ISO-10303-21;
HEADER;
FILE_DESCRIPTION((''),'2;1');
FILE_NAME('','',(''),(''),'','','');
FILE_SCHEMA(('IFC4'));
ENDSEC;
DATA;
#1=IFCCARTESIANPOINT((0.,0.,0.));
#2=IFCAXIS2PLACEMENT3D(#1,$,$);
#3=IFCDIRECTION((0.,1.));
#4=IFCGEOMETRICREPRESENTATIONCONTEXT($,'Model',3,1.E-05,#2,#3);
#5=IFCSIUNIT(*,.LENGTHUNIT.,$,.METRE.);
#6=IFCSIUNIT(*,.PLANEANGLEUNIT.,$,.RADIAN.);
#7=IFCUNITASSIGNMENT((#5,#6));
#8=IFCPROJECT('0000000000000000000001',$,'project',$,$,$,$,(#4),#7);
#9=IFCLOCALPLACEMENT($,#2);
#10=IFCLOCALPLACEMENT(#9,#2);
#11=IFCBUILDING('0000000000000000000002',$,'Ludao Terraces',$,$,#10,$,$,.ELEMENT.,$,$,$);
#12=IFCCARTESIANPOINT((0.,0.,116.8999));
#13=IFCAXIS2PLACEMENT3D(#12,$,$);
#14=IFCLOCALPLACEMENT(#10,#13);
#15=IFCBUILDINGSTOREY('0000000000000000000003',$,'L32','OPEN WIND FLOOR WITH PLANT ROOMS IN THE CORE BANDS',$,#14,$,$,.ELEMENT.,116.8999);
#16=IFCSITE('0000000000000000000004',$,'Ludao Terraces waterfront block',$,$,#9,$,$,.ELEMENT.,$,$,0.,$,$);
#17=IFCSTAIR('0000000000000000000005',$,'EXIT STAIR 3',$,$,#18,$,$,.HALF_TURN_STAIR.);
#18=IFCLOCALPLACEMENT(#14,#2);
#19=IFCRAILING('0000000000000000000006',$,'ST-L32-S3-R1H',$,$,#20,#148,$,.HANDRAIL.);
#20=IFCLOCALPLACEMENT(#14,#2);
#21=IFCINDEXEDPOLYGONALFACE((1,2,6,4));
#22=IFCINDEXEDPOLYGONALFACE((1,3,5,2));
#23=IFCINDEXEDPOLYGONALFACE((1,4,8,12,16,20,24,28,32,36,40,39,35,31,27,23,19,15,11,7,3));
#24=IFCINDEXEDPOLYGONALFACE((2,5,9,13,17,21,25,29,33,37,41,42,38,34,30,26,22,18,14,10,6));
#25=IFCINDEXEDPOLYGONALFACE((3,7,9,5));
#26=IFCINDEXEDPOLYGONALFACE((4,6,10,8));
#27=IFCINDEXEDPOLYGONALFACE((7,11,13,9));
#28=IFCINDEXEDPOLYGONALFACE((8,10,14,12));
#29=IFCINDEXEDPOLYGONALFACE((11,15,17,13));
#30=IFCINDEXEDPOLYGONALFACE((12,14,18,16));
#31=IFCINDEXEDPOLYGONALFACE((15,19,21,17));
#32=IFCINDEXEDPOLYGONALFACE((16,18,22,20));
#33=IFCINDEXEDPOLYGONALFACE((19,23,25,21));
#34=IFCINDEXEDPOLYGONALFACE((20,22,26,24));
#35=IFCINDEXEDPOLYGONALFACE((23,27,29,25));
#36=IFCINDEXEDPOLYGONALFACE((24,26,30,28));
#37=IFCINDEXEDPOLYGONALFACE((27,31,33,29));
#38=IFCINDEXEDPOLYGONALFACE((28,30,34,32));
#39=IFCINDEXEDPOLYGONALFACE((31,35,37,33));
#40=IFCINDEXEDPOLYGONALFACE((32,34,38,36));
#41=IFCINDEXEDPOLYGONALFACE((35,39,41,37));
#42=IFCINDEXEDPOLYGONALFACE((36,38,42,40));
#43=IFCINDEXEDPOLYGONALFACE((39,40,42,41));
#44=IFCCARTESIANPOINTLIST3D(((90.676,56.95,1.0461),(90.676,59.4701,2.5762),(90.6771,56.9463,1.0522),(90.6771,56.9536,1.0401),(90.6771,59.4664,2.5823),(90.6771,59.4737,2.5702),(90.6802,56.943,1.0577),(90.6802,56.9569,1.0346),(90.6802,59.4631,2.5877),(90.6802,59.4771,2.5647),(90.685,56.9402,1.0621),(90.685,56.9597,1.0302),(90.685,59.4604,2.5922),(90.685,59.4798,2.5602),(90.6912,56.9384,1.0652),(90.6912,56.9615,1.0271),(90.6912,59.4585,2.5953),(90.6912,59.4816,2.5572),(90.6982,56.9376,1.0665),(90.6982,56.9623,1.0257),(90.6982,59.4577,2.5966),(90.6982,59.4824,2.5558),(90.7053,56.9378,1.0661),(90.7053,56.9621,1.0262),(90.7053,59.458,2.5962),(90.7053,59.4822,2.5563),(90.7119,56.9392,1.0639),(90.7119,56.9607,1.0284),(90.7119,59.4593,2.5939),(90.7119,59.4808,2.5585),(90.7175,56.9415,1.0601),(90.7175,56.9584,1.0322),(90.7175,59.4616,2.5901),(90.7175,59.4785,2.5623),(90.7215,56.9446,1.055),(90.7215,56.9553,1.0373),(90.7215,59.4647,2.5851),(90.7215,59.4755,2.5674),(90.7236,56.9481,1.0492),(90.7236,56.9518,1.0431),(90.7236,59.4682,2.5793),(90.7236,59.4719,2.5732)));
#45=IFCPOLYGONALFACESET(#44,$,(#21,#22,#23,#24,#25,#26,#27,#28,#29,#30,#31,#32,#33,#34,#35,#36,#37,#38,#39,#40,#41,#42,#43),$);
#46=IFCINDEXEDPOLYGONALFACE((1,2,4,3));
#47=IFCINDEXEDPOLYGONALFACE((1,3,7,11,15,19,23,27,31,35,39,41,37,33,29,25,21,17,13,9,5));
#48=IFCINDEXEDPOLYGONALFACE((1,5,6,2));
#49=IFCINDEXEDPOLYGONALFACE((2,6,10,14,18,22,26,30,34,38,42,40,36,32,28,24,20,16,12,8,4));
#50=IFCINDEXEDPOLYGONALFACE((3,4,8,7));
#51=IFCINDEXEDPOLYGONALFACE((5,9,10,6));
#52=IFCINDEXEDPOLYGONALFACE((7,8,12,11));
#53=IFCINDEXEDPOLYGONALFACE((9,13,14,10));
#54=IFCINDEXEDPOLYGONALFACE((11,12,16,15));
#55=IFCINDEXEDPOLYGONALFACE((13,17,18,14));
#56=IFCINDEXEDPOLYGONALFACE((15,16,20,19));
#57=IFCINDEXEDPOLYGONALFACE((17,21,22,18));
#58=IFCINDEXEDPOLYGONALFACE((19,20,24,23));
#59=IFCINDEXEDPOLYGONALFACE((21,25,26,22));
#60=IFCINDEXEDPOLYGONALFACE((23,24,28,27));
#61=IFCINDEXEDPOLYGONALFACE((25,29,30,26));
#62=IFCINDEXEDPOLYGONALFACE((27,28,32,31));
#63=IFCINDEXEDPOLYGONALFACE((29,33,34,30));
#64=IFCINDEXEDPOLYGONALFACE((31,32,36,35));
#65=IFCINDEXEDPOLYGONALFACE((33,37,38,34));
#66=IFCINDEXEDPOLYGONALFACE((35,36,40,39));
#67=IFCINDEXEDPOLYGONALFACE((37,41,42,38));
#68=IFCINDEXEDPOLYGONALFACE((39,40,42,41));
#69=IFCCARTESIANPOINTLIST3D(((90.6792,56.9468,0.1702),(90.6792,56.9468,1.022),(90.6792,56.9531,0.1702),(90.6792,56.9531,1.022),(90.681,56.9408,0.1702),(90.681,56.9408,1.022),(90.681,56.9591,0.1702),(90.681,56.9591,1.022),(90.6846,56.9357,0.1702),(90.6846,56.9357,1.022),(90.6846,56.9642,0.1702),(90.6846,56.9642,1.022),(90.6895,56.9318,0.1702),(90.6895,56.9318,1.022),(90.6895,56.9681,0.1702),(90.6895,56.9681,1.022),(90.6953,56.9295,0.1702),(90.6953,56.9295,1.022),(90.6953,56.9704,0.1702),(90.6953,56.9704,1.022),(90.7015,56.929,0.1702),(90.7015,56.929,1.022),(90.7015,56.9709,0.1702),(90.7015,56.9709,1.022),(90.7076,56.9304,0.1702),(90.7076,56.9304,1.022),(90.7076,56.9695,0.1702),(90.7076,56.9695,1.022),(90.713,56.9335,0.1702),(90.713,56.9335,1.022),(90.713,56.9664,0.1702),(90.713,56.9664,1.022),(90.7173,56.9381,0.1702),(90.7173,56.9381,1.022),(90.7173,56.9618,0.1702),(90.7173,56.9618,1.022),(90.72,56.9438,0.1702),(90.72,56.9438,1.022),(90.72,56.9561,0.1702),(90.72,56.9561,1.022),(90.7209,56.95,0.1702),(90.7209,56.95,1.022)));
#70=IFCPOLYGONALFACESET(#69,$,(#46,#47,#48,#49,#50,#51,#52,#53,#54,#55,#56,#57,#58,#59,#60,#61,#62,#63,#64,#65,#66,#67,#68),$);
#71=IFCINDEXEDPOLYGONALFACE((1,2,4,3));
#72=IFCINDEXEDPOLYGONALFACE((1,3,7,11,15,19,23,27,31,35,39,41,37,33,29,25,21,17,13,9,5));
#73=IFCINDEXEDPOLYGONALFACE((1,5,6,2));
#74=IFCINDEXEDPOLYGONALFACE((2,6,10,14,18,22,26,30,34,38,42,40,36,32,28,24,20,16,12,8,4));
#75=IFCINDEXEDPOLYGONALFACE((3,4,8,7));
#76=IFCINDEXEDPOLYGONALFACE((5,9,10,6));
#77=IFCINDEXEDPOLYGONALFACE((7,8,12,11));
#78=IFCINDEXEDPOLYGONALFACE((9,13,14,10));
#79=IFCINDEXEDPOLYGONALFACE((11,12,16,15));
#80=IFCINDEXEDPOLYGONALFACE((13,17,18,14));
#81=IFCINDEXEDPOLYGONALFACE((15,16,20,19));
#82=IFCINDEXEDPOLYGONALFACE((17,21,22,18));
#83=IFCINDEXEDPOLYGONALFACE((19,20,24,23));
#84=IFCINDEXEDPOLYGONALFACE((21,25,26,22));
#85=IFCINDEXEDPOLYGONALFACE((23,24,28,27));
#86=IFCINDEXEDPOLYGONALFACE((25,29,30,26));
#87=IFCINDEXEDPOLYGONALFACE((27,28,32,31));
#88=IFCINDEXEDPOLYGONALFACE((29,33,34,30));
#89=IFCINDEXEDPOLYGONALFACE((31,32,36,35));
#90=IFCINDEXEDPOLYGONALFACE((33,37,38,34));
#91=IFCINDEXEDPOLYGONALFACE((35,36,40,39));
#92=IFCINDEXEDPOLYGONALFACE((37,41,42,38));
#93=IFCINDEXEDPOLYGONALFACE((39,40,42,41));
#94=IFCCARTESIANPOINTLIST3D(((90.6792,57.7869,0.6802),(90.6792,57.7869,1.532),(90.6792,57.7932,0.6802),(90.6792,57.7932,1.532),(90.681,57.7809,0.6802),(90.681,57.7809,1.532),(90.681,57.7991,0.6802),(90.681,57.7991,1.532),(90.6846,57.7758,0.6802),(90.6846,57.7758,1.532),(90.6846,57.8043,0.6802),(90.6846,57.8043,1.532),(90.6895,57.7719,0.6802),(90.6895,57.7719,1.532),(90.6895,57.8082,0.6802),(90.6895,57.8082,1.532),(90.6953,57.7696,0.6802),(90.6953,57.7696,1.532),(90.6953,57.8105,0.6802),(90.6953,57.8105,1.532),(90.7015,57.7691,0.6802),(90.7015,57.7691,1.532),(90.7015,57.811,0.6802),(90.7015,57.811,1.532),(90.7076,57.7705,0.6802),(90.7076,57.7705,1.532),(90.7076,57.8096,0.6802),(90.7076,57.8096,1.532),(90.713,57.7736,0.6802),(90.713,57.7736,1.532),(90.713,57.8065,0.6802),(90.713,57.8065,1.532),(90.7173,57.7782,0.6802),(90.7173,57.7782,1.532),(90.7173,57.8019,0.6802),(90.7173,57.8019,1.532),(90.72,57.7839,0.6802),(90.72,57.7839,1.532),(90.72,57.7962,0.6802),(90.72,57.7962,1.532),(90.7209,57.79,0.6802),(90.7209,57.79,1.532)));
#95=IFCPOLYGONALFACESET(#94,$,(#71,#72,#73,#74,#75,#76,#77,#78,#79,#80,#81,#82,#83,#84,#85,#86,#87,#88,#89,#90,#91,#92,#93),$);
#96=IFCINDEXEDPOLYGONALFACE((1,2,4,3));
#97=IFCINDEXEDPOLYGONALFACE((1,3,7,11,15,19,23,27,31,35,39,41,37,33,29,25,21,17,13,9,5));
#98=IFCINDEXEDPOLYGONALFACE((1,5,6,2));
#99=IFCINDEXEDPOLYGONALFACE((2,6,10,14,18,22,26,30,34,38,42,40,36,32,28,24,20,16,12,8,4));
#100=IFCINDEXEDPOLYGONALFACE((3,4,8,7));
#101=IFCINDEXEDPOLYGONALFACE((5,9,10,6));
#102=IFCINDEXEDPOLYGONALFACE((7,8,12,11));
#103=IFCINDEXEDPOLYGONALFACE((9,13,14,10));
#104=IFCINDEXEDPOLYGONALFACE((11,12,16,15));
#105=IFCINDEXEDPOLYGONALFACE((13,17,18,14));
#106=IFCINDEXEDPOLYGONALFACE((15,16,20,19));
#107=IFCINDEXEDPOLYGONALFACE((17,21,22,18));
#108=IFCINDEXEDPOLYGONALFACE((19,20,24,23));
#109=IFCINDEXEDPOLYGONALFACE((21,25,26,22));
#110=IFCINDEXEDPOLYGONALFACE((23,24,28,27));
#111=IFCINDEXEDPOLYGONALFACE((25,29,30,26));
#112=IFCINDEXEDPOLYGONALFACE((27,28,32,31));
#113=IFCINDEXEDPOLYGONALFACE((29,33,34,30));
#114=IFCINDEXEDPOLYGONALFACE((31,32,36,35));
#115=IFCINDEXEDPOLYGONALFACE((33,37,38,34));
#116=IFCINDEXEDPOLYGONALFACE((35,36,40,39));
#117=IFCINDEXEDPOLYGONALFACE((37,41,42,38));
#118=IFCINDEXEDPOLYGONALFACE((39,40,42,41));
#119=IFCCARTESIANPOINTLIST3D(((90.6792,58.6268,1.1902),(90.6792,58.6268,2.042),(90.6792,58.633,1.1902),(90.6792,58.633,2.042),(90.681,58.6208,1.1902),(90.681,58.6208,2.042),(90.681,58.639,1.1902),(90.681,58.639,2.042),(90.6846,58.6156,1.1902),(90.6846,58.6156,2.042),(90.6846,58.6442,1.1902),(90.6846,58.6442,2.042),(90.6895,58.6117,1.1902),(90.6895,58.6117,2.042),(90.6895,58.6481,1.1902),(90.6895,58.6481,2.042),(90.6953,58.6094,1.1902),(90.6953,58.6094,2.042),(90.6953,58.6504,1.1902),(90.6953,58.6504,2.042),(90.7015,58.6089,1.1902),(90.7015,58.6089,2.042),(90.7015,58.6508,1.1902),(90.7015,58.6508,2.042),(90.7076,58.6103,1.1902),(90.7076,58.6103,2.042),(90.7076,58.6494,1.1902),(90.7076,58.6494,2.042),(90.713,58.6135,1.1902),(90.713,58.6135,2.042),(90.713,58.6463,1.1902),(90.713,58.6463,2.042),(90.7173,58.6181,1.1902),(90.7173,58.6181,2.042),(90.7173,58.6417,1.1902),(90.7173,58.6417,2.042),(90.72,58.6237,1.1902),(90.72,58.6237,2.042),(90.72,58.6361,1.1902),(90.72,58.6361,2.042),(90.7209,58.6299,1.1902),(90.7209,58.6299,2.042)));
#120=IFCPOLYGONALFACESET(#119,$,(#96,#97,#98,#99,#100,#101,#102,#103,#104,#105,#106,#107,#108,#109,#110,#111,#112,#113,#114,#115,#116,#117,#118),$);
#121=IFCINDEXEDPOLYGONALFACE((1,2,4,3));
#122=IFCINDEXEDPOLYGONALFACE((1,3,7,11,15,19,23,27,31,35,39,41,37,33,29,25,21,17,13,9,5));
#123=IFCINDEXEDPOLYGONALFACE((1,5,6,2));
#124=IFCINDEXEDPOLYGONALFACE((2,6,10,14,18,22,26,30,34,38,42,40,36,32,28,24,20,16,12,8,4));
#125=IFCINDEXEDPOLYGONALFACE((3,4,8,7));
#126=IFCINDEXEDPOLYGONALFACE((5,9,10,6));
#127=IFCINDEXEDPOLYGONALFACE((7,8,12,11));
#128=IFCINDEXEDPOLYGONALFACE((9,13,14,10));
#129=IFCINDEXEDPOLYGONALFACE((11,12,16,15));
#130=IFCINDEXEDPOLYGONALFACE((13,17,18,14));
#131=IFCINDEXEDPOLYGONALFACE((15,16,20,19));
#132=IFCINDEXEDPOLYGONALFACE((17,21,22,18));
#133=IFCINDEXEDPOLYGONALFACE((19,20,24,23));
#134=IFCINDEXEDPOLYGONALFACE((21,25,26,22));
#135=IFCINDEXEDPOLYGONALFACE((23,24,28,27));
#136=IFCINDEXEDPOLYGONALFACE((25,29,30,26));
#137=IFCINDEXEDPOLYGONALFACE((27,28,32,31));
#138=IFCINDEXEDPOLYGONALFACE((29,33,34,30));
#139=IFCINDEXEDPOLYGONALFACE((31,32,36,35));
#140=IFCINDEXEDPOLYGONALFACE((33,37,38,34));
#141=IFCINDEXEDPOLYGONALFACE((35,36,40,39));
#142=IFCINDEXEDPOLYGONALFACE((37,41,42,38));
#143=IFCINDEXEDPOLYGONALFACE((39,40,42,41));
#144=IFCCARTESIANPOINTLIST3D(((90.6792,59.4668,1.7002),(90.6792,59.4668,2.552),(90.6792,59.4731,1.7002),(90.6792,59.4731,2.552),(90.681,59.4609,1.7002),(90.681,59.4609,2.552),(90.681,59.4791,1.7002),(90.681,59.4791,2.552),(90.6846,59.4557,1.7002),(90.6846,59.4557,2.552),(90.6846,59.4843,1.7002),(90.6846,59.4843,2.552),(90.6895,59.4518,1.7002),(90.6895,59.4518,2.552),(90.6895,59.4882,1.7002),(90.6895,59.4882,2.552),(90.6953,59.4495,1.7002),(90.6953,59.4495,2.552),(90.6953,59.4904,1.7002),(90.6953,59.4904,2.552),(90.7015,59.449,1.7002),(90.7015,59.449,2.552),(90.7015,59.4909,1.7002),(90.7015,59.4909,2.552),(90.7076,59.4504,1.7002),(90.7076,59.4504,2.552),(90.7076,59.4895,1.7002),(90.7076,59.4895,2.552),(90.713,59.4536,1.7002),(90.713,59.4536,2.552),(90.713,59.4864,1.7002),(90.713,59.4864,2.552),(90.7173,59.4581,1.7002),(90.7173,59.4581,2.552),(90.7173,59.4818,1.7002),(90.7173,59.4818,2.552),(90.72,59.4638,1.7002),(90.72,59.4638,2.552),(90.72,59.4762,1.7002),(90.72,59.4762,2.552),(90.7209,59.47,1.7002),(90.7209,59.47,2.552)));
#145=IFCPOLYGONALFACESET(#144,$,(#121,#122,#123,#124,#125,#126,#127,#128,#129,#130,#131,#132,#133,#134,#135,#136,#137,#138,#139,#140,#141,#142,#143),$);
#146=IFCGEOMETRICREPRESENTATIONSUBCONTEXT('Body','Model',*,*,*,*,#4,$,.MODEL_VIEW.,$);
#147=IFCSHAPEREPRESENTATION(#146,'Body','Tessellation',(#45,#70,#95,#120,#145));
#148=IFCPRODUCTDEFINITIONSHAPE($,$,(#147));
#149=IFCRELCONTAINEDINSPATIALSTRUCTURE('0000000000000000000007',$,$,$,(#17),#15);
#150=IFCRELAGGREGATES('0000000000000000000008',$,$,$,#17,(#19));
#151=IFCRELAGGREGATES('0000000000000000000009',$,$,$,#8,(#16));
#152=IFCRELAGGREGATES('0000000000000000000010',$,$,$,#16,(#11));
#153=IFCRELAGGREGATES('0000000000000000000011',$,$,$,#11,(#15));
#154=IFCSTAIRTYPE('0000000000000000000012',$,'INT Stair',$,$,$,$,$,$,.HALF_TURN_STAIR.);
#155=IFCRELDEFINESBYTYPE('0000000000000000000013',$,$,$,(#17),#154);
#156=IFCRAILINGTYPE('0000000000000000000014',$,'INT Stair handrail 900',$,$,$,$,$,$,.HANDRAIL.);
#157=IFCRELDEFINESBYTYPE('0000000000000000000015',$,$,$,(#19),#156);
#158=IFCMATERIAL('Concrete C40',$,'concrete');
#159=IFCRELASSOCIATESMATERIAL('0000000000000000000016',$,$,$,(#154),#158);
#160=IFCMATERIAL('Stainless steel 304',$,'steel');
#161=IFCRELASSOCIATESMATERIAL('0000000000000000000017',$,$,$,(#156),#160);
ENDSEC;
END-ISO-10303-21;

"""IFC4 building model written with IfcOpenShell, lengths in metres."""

from ifc_helpers import new_model, si_unit, direction, frame, origin, origin_2d, place, context, subcontext, project, spatial, circle, extrude, material, type_object, element, aggregate, save


model = new_model("IFC4")

# Units and contexts
model_context = context("Model", 3, precision=1e-05, world=origin(), true_north=direction((0.0, 1.0)))
body_context = subcontext(model_context, "Body", "Model", "MODEL_VIEW")
ifc_project = project(units=[si_unit("LENGTHUNIT", "METRE"), si_unit("PLANEANGLEUNIT", "RADIAN")], contexts=[model_context])

# Site, building, storey
site_placement = place(None, origin())
site = spatial("IfcSite", under=ifc_project, at=site_placement, Name="Ludao Terraces waterfront block", CompositionType="ELEMENT", RefElevation=0.0)
building_placement = place(site_placement, origin())
building = spatial("IfcBuilding", under=site, at=building_placement, Name="Ludao Terraces", CompositionType="ELEMENT")
storey_placement = place(building_placement, frame((0.0, 0.0, 116.8999)))
storey = spatial("IfcBuildingStorey", under=building, at=storey_placement, Name="L32", Description="OPEN WIND FLOOR WITH PLANT ROOMS IN THE CORE BANDS", CompositionType="ELEMENT", Elevation=116.8999)

# Stair, railing
ifc_material_1 = material(Name="Concrete C40", Category="concrete")
stair_type = type_object("IfcStairType", Name="INT Stair", PredefinedType="HALF_TURN_STAIR", material=ifc_material_1)
stair_placement = place(storey_placement, origin())
stair = element("IfcStair", 1, at=stair_placement, inside=storey, type_object=stair_type, Name="EXIT STAIR 3", PredefinedType="HALF_TURN_STAIR")
ifc_material_2 = material(Name="Stainless steel 304", Category="steel")
railing_type_1 = type_object("IfcRailingType", Name="INT Stair handrail 900", PredefinedType="HANDRAIL", material=ifc_material_2)
railing_1_placement = place(storey_placement, frame((90.7, 56.95, 0.1702)))
railing_1 = element("IfcRailing", 2, at=railing_1_placement, type_object=railing_type_1, Name="ST-L32-S3-R1H", PredefinedType="HANDRAIL", context=body_context, shape_type="SweptSolid", body=[
    extrude(circle(Radius=0.0239, at=origin_2d()), frame((0.0, 0.0, 0.876), z_axis=(0.0, 0.854785, 0.518982), x_axis=(-1.0, 0.0, 0.0)), (0.0, 0.0, 1.0), 2.9482),
    extrude(circle(Radius=0.021, at=origin_2d()), origin(), (0.0, 0.0, 1.0), 0.8518),
    extrude(circle(Radius=0.021, at=origin_2d()), frame((0.0, 0.8401, 0.51)), (0.0, 0.0, 1.0), 0.8518),
    extrude(circle(Radius=0.021, at=origin_2d()), frame((0.0, 1.6799, 1.02)), (0.0, 0.0, 1.0), 0.8518),
    extrude(circle(Radius=0.021, at=origin_2d()), frame((0.0, 2.52, 1.53)), (0.0, 0.0, 1.0), 0.8518),
])
aggregate(stair, [railing_1])

save(model, "model.ifc")
